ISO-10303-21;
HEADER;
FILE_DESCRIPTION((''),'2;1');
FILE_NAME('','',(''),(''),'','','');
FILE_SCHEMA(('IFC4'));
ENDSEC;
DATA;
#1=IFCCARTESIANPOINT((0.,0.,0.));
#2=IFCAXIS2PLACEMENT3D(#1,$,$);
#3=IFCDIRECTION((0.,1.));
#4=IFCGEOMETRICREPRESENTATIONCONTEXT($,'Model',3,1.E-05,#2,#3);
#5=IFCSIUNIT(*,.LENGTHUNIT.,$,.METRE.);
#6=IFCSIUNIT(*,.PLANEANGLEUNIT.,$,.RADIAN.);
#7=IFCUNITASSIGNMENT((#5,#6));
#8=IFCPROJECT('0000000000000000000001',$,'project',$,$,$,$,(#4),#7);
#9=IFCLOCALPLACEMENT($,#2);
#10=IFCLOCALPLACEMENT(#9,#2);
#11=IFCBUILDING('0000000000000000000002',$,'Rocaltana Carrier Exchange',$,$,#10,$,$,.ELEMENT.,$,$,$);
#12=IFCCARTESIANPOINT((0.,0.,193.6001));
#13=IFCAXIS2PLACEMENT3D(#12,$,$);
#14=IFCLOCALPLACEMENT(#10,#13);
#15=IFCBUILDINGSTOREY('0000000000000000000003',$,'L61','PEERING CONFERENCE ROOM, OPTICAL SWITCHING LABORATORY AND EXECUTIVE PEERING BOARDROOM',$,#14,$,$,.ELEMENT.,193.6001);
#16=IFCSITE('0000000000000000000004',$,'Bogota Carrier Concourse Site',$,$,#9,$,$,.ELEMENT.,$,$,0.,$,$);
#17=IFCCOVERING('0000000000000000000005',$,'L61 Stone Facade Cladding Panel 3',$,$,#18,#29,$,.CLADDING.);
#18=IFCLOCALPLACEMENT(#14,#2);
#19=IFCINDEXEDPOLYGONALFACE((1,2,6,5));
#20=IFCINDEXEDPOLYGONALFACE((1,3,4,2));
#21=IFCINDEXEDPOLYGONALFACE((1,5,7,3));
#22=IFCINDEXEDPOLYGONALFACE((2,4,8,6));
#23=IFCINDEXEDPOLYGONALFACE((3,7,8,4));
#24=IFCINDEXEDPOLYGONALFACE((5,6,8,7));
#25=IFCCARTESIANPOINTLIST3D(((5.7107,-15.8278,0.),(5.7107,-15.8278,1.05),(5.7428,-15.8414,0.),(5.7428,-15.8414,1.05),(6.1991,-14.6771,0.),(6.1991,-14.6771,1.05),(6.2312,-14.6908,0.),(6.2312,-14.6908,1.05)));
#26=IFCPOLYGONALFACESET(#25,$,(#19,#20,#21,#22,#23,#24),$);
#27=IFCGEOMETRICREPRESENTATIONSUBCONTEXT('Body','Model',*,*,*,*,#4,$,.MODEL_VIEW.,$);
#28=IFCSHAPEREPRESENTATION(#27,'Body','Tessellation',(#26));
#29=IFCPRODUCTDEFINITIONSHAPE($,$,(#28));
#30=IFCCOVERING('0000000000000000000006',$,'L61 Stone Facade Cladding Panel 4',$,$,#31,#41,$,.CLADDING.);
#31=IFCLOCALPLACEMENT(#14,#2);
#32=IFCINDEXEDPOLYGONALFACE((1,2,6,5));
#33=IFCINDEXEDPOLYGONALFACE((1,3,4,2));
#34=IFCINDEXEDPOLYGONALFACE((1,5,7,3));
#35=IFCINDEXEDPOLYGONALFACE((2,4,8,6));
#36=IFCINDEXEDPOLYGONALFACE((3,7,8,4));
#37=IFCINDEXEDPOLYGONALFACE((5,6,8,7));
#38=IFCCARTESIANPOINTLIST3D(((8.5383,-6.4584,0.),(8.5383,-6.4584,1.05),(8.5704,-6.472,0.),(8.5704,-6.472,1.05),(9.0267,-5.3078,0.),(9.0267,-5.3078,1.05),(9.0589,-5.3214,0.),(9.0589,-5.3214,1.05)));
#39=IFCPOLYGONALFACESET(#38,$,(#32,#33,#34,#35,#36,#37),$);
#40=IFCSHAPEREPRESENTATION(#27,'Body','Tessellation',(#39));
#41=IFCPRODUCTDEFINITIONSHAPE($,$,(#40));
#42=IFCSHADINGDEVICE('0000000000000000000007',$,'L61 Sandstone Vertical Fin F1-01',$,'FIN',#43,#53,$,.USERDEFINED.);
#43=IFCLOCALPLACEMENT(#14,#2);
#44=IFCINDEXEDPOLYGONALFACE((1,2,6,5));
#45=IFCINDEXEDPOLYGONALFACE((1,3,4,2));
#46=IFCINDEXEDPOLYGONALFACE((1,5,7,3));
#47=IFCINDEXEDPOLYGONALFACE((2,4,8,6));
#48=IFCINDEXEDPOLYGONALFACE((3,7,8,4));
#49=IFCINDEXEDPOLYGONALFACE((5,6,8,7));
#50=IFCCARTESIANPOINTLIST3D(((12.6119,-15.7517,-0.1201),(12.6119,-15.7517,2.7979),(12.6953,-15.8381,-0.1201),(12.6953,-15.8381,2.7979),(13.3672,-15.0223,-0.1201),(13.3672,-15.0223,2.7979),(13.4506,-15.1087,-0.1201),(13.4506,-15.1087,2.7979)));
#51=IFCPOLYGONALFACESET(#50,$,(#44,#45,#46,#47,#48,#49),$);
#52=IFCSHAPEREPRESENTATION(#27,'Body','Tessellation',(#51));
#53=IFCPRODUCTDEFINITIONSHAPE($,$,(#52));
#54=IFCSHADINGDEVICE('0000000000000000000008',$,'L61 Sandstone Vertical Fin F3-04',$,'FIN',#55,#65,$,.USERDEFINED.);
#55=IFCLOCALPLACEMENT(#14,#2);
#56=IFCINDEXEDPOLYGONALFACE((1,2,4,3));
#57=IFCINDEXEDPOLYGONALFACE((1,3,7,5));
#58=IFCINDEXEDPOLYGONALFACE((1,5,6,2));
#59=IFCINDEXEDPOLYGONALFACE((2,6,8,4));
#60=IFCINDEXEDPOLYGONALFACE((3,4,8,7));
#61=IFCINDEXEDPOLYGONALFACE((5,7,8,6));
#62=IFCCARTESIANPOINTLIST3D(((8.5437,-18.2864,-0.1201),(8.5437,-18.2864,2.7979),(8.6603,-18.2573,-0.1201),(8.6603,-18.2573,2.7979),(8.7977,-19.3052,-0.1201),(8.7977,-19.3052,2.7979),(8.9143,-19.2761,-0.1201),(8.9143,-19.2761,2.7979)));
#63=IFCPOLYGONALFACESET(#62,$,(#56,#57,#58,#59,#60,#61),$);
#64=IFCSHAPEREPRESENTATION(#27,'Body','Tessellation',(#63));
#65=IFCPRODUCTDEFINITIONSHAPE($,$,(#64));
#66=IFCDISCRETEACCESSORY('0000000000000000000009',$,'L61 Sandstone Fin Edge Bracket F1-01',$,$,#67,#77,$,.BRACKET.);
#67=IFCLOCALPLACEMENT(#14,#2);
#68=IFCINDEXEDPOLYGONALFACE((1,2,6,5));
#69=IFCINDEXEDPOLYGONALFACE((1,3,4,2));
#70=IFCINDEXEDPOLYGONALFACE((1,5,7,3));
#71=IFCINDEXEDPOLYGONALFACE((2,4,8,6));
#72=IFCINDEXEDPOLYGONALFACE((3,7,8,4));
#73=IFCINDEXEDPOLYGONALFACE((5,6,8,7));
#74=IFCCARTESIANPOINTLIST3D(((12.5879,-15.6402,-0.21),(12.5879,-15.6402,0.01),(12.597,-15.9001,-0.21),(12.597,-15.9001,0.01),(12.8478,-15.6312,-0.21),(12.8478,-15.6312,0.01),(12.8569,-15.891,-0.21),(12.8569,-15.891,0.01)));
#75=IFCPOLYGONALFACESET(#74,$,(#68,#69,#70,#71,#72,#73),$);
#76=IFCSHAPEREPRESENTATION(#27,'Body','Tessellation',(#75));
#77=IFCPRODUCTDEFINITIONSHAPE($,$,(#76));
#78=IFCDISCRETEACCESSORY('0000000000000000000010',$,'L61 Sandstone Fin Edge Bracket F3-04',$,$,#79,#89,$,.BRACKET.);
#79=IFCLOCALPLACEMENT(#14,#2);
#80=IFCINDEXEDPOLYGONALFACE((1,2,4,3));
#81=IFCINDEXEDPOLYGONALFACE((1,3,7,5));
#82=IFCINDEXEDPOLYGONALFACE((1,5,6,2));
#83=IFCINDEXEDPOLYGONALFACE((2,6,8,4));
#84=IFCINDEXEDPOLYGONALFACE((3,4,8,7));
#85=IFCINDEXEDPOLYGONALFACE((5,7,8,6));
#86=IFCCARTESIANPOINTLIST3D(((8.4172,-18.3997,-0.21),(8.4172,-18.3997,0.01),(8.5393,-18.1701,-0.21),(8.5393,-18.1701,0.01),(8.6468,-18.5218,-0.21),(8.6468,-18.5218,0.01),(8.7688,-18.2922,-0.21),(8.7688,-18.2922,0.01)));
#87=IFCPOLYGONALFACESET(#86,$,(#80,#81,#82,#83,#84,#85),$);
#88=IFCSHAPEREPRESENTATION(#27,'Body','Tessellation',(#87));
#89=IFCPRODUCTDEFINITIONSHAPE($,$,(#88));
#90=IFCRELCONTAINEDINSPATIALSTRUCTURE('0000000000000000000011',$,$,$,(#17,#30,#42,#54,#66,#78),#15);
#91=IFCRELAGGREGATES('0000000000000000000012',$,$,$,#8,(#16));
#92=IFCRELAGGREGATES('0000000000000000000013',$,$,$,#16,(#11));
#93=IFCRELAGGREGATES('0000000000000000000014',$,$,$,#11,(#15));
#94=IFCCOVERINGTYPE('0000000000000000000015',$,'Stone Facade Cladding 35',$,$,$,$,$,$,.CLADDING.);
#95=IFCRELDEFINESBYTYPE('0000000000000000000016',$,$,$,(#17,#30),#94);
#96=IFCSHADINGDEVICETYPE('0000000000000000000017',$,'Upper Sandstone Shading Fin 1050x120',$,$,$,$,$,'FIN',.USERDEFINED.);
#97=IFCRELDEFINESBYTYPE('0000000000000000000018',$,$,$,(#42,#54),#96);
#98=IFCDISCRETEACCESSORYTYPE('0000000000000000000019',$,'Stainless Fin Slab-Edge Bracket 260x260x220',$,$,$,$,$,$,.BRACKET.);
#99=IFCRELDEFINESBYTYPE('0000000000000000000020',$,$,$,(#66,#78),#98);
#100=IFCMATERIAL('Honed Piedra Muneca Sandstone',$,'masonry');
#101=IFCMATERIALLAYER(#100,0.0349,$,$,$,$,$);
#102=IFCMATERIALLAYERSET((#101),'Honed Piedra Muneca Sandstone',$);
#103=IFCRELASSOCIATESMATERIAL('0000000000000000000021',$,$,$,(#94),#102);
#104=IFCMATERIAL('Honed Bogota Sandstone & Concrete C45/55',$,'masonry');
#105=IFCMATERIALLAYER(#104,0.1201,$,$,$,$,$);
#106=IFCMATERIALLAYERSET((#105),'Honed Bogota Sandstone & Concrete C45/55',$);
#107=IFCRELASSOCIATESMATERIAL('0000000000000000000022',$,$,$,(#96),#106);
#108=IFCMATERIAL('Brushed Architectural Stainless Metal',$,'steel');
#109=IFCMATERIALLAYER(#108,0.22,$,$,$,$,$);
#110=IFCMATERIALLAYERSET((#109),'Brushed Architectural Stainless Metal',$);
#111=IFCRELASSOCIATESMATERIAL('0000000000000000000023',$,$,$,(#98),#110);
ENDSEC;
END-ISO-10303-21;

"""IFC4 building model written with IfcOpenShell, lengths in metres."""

from ifc_helpers import new_model, si_unit, direction, frame, origin, origin_2d, place, context, subcontext, project, spatial, rectangle, extrude, material, layer, layer_set, type_object, element, save


model = new_model("IFC4")

# Units and contexts
model_context = context("Model", 3, precision=1e-05, world=origin(), true_north=direction((0.0, 1.0)))
body_context = subcontext(model_context, "Body", "Model", "MODEL_VIEW")
ifc_project = project(units=[si_unit("LENGTHUNIT", "METRE"), si_unit("PLANEANGLEUNIT", "RADIAN")], contexts=[model_context])

# Site, building, storey
site_placement = place(None, origin())
site = spatial("IfcSite", under=ifc_project, at=site_placement, Name="Bogota Carrier Concourse Site", CompositionType="ELEMENT", RefElevation=0.0)
building_placement = place(site_placement, origin())
building = spatial("IfcBuilding", under=site, at=building_placement, Name="Rocaltana Carrier Exchange", CompositionType="ELEMENT")
storey_placement = place(building_placement, frame((0.0, 0.0, 193.6001)))
storey = spatial("IfcBuildingStorey", under=building, at=storey_placement, Name="L61", Description="PEERING CONFERENCE ROOM, OPTICAL SWITCHING LABORATORY AND EXECUTIVE PEERING BOARDROOM", CompositionType="ELEMENT", Elevation=193.6001)

# Coverings
ifc_material_1 = material(Name="Honed Piedra Muneca Sandstone", Category="masonry")
ifc_layer_1 = layer(ifc_material_1, 0.0349)
ifc_layer_set_1 = layer_set([ifc_layer_1], Name="Honed Piedra Muneca Sandstone")
covering_type = type_object("IfcCoveringType", Name="Stone Facade Cladding 35", PredefinedType="CLADDING", material=ifc_layer_set_1)
for number, where, z_axis, x_axis, name in (
    (1, (5.9709, -15.2593, 0.0), (0.0, 0.0, 1.0), (0.390731, 0.920505, 0.0), "L61 Stone Facade Cladding Panel 3"),
    (2, (8.7986, -5.8899, 0.0), (0.0, 0.0, 1.0), (0.390731, 0.920505, 0.0), "L61 Stone Facade Cladding Panel 4"),
):
    element("IfcCovering", number, at=place(storey_placement, frame(where, z_axis=z_axis, x_axis=x_axis)), inside=storey, type_object=covering_type, Name=name, PredefinedType="CLADDING", context=body_context, shape_type="SweptSolid", body=[
        extrude(rectangle(XDim=1.25, YDim=0.0349, at=origin_2d()), origin(), (0.0, 0.0, 1.0), 1.05),
    ])

# Shading devices
ifc_material_2 = material(Name="Honed Bogota Sandstone & Concrete C45/55", Category="masonry")
ifc_layer_2 = layer(ifc_material_2, 0.1201)
ifc_layer_set_2 = layer_set([ifc_layer_2], Name="Honed Bogota Sandstone & Concrete C45/55")
shading_device_type = type_object("IfcShadingDeviceType", Name="Upper Sandstone Shading Fin 1050x120", ElementType="FIN", PredefinedType="USERDEFINED", material=ifc_layer_set_2)
for number, where, z_axis, x_axis, name in (
    (3, (13.0312, -15.4302, -0.1201), (0.0, 0.0, 1.0), (0.71934, 0.694658, 0.0), "L61 Sandstone Vertical Fin F1-01"),
    (4, (8.729, -18.7812, -0.1201), (0.0, 0.0, 1.0), (0.241922, -0.970296, 0.0), "L61 Sandstone Vertical Fin F3-04"),
):
    element("IfcShadingDevice", number, at=place(storey_placement, frame(where, z_axis=z_axis, x_axis=x_axis)), inside=storey, type_object=shading_device_type, Name=name, ObjectType="FIN", PredefinedType="USERDEFINED", context=body_context, shape_type="SweptSolid", body=[
        extrude(rectangle(XDim=1.05, YDim=0.1201, at=origin_2d()), origin(), (0.0, 0.0, 1.0), 2.918),
    ])

# Discrete accessories
ifc_material_3 = material(Name="Brushed Architectural Stainless Metal", Category="steel")
ifc_layer_3 = layer(ifc_material_3, 0.22)
ifc_layer_set_3 = layer_set([ifc_layer_3], Name="Brushed Architectural Stainless Metal")
discrete_accessory_type = type_object("IfcDiscreteAccessoryType", Name="Stainless Fin Slab-Edge Bracket 260x260x220", PredefinedType="BRACKET", material=ifc_layer_set_3)
for number, where, z_axis, x_axis, name in (
    (5, (12.7224, -15.7656, -0.21), (0.0, 0.0, 1.0), (-0.034899, 0.999391, 0.0), "L61 Sandstone Fin Edge Bracket F1-01"),
    (6, (8.593, -18.3459, -0.21), (0.0, 0.0, 1.0), (0.882948, -0.469472, 0.0), "L61 Sandstone Fin Edge Bracket F3-04"),
):
    element("IfcDiscreteAccessory", number, at=place(storey_placement, frame(where, z_axis=z_axis, x_axis=x_axis)), inside=storey, type_object=discrete_accessory_type, Name=name, PredefinedType="BRACKET", context=body_context, shape_type="SweptSolid", body=[
        extrude(rectangle(XDim=0.26, YDim=0.26, at=origin_2d()), origin(), (0.0, 0.0, 1.0), 0.22),
    ])

save(model, "model.ifc")
